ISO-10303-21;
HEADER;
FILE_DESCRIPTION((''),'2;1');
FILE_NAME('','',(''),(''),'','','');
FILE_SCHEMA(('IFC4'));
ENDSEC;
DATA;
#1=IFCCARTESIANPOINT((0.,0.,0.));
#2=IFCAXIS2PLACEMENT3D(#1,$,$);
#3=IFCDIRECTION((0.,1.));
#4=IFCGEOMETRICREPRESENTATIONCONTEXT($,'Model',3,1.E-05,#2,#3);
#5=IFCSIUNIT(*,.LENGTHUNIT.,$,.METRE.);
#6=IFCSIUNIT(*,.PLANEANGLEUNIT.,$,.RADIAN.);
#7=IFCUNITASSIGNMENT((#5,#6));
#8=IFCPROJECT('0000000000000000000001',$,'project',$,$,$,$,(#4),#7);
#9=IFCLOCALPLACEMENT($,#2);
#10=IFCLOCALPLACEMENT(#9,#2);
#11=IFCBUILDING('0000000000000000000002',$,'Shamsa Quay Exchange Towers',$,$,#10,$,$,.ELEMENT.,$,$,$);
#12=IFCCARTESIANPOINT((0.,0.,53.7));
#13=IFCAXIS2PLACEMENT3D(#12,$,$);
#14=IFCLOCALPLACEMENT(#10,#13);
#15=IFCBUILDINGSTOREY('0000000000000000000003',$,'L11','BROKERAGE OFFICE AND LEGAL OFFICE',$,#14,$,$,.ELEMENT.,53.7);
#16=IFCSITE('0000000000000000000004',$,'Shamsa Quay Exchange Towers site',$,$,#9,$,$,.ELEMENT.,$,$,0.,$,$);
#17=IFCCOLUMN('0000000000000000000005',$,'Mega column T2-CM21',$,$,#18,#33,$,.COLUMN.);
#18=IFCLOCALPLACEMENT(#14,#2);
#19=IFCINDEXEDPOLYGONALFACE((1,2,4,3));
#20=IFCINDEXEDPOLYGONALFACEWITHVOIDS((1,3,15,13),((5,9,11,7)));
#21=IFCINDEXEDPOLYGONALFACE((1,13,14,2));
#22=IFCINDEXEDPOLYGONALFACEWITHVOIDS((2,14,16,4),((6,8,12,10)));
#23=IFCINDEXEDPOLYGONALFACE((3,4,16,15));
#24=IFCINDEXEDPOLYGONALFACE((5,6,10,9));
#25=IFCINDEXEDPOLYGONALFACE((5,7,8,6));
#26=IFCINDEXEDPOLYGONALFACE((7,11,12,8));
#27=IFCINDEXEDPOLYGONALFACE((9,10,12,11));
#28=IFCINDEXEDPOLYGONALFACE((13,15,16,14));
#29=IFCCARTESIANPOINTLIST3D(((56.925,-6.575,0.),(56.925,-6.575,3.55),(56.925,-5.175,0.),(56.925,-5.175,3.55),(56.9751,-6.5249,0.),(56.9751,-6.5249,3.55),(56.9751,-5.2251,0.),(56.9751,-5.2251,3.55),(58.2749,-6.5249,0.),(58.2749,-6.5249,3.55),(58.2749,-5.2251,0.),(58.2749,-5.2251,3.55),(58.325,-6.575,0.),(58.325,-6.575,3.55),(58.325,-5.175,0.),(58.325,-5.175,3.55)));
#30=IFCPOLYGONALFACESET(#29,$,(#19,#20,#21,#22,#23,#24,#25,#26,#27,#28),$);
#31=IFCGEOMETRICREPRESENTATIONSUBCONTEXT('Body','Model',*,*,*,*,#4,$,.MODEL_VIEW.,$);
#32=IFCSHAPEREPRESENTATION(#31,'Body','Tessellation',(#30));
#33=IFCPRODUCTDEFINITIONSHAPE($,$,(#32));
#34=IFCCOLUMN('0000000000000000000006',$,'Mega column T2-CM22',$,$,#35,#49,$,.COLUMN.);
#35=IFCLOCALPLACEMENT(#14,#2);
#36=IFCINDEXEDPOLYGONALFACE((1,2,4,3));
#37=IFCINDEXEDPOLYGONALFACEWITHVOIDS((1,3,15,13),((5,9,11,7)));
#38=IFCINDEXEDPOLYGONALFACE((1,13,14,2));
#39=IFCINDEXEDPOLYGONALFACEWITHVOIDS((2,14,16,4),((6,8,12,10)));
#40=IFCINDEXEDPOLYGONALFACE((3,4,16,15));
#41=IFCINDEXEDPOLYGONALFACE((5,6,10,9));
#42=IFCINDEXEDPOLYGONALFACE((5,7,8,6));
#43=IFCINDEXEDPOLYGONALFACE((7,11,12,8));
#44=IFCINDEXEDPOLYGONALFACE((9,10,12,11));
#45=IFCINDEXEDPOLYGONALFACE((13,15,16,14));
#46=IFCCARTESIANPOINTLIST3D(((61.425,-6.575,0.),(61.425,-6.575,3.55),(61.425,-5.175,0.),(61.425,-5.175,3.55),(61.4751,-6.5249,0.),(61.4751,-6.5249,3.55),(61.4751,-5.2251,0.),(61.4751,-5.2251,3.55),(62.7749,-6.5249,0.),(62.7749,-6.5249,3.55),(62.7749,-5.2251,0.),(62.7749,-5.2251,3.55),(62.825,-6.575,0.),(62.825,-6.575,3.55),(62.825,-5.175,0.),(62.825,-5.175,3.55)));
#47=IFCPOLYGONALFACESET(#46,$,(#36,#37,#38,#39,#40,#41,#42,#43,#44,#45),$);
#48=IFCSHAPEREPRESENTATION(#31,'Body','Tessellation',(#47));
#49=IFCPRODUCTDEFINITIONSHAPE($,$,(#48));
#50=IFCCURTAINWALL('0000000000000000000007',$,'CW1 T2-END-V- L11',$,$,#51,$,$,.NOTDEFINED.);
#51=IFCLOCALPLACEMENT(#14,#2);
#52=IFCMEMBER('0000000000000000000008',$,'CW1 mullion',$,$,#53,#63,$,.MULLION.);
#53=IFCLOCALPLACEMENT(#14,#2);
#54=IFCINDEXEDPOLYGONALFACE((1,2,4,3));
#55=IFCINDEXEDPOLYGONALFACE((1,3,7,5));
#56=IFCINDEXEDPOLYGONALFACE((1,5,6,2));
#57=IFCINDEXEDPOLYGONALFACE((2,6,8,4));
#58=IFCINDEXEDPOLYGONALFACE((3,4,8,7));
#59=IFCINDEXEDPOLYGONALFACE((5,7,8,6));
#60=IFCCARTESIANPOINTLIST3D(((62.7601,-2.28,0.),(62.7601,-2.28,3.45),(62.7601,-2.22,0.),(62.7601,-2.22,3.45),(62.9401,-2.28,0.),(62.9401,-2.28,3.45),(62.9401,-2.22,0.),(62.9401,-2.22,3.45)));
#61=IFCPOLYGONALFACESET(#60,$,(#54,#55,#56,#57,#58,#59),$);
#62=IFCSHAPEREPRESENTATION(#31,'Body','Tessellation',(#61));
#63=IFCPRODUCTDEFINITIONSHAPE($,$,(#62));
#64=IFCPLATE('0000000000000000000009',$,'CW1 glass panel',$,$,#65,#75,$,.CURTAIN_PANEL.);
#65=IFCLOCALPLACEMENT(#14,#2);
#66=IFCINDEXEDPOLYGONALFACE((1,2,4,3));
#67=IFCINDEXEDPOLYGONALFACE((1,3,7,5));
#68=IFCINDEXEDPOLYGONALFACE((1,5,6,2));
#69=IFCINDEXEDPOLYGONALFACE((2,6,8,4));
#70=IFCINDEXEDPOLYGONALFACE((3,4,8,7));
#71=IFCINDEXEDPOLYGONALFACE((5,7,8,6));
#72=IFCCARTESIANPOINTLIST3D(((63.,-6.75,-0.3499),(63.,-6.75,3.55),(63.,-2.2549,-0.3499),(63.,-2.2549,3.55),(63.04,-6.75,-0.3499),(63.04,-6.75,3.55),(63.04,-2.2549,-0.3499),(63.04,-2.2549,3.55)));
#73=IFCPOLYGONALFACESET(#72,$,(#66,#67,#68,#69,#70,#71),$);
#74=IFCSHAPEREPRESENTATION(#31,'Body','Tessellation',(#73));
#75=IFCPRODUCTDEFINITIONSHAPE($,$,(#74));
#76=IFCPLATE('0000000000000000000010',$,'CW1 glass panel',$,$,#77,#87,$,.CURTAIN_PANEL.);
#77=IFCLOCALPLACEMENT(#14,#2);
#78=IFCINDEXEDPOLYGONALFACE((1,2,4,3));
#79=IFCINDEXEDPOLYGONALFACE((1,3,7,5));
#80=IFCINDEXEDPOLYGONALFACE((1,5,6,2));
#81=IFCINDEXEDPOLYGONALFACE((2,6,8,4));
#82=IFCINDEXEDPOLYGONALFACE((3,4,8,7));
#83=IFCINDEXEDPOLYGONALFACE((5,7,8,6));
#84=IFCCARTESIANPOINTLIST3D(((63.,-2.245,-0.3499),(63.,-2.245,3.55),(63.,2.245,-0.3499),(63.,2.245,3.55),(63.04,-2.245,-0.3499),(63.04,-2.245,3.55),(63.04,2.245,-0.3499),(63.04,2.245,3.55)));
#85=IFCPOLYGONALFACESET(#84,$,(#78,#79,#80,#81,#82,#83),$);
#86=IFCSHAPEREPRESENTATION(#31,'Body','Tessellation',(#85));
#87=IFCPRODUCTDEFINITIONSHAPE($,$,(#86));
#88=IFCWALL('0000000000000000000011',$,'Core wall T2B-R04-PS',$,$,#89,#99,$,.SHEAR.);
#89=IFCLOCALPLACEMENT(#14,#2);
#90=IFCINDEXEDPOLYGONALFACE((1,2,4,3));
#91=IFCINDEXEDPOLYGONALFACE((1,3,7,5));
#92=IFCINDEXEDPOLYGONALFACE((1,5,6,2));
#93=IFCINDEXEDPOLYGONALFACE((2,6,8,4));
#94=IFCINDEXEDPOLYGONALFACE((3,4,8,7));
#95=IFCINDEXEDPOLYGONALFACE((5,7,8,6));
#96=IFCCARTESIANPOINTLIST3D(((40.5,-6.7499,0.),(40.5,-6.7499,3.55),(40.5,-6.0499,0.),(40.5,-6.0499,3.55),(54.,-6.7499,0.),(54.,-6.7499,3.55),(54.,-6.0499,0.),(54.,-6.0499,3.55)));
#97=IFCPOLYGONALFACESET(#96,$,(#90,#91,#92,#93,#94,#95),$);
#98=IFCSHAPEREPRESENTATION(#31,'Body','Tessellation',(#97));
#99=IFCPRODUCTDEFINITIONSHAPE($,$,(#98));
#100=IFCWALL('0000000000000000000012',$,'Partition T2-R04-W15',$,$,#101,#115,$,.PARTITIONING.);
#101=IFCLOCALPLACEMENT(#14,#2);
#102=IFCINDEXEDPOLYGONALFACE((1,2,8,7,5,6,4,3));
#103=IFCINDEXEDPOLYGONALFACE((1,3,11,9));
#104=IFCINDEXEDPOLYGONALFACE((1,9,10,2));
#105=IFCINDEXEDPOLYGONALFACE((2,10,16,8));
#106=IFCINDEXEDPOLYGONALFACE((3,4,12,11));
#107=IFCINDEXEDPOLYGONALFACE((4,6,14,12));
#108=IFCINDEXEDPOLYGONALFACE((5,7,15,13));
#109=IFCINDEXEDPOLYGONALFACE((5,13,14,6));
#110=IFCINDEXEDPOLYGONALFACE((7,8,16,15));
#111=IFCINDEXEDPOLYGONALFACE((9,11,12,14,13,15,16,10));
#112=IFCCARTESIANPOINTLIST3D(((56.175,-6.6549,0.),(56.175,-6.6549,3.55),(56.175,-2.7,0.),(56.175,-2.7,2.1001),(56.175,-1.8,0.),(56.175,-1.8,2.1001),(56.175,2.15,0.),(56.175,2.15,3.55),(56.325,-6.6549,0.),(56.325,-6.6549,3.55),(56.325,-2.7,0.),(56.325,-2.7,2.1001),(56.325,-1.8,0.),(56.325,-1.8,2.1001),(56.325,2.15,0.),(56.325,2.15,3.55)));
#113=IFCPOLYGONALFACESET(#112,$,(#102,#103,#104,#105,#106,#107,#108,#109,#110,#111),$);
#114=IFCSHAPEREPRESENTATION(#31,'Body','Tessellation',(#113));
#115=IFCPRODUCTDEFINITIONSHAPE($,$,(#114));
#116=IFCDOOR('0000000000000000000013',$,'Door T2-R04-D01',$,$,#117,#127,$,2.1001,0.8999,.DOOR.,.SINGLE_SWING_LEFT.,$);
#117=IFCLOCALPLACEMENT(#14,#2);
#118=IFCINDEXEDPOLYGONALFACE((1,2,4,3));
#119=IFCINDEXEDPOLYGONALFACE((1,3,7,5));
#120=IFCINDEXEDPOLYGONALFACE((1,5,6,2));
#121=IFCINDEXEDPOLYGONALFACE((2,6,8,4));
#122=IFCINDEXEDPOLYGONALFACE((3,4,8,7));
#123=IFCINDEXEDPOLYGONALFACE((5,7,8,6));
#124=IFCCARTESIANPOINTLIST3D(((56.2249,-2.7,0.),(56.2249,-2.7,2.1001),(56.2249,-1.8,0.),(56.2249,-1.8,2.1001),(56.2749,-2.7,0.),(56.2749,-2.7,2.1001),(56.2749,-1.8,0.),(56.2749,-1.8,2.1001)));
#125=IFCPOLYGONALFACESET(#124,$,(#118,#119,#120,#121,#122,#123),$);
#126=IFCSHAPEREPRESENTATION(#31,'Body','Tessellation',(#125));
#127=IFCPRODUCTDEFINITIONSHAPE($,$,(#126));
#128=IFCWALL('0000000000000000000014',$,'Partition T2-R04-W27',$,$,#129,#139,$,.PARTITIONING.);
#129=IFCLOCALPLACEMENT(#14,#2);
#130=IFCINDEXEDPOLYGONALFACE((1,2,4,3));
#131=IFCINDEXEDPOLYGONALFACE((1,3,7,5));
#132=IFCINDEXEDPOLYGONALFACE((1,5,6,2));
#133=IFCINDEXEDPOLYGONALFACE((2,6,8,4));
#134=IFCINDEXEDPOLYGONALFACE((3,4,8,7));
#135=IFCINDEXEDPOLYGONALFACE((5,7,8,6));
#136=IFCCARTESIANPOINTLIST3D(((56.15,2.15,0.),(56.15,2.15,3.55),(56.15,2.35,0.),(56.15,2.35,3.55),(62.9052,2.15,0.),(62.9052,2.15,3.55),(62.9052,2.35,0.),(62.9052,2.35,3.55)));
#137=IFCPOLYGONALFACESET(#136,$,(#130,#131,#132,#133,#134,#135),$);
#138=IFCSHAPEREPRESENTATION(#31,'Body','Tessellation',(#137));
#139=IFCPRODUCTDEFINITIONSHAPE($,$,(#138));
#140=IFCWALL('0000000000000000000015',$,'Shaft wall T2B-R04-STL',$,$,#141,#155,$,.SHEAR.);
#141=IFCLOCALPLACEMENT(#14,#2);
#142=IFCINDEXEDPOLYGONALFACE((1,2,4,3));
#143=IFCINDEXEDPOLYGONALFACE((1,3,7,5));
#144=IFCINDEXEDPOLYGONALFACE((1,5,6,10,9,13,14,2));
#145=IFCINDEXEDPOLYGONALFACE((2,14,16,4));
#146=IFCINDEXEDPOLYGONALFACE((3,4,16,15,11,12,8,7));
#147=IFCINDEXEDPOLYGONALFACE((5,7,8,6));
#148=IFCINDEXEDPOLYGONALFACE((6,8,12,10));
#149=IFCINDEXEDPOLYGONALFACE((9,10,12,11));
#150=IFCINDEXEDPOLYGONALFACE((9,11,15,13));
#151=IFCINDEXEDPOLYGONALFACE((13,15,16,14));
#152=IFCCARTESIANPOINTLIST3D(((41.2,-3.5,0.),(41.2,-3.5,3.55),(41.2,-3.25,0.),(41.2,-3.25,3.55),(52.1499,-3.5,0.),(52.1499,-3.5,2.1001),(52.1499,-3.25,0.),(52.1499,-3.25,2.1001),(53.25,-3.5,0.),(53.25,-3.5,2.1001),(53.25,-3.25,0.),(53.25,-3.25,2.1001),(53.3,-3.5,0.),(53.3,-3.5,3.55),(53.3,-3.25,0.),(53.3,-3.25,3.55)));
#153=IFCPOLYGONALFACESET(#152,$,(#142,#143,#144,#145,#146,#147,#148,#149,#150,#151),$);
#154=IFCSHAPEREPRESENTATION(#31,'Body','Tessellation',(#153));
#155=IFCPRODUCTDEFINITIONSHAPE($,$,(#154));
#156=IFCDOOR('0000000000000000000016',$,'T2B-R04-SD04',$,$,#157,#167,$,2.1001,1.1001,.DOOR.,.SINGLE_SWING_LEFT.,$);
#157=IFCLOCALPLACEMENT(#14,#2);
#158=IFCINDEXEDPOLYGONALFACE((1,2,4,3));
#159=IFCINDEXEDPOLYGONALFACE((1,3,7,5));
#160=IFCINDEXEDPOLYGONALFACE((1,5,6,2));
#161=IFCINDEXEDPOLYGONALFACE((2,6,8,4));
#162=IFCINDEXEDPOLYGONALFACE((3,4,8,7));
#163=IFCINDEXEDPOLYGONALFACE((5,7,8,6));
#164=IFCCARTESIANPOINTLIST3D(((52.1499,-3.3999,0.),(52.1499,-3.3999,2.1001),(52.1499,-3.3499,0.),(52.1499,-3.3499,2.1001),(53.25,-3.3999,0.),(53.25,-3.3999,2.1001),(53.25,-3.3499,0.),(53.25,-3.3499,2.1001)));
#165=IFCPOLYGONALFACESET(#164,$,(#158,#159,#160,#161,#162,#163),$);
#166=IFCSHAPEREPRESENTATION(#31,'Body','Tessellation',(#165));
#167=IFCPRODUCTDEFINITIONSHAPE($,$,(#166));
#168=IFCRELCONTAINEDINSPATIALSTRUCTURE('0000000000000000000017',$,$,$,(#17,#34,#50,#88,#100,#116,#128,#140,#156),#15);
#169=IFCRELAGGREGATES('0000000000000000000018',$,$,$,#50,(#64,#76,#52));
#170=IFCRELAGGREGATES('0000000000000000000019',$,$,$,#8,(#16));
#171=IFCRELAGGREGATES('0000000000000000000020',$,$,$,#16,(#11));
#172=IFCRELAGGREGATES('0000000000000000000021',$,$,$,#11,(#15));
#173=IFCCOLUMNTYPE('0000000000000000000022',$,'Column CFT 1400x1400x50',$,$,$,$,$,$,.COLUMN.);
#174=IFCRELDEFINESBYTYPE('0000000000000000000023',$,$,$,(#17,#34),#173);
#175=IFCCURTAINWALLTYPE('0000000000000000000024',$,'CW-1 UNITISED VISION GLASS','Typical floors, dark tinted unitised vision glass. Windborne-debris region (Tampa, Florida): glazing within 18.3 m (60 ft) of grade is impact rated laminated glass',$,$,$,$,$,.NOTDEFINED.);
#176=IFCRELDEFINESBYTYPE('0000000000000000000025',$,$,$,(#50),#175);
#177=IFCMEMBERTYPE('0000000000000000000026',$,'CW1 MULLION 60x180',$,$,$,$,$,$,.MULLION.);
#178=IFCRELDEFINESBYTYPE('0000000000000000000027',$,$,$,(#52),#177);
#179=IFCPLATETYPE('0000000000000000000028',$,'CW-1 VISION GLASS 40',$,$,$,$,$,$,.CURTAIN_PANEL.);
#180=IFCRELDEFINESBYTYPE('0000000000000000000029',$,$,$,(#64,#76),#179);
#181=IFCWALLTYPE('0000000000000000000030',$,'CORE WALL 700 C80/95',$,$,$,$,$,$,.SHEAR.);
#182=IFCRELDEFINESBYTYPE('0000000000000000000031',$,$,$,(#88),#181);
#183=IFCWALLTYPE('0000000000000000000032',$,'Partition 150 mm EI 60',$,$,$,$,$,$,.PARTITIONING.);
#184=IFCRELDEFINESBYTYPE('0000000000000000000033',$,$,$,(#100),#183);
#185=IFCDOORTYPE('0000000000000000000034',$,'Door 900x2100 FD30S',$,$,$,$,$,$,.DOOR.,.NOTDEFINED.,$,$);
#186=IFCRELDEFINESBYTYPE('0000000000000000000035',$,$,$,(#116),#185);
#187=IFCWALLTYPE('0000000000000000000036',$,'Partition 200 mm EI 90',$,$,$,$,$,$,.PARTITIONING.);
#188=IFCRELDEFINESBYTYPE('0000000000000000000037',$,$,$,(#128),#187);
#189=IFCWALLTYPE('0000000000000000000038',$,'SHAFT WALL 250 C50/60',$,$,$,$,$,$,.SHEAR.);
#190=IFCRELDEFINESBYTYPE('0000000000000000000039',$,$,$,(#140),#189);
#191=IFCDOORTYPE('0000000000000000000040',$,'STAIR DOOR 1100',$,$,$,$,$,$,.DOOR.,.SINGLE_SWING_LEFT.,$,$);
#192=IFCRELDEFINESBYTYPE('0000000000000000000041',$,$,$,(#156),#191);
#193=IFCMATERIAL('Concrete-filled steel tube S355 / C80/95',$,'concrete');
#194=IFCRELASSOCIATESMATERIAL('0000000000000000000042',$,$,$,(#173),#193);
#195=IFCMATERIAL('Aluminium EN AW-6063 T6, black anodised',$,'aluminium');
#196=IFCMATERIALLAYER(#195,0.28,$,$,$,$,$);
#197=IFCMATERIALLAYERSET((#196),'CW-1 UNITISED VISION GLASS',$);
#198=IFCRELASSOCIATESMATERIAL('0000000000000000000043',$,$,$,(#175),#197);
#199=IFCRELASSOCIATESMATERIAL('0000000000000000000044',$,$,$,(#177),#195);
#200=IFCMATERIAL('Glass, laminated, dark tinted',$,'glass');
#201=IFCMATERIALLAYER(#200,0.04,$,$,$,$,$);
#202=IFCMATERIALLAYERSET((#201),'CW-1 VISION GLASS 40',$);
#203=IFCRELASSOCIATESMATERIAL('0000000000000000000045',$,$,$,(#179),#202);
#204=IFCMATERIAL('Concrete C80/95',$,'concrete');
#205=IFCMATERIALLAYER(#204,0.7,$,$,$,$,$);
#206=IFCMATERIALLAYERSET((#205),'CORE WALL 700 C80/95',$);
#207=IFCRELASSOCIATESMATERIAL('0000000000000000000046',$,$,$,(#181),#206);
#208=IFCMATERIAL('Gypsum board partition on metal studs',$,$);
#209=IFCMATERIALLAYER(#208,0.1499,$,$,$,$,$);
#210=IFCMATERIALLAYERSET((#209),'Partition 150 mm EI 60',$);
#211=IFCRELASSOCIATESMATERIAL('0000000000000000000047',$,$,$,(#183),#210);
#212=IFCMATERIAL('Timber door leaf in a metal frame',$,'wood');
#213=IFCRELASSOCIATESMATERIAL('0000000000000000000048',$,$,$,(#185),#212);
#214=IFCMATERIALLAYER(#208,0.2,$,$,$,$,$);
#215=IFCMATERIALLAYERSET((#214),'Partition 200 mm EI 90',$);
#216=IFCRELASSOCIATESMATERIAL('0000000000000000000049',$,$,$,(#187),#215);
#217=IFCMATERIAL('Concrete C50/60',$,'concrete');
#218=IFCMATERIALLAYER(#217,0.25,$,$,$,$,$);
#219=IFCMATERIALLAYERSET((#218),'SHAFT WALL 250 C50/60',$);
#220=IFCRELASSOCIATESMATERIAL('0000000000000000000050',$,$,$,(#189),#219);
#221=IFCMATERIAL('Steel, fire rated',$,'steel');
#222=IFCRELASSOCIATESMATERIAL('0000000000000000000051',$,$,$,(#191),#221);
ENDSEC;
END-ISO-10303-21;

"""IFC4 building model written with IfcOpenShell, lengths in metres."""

from ifc_helpers import new_model, si_unit, direction, frame, frame_2d, origin, origin_2d, place, context, subcontext, project, spatial, rectangle, hollow_rectangle, extrude, material, layer, layer_set, material_profile, profile_set, type_object, element, fill, aggregate, save


model = new_model("IFC4")

# Units and contexts
model_context = context("Model", 3, precision=1e-05, world=origin(), true_north=direction((0.0, 1.0)))
body_context = subcontext(model_context, "Body", "Model", "MODEL_VIEW")
ifc_project = project(units=[si_unit("LENGTHUNIT", "METRE"), si_unit("PLANEANGLEUNIT", "RADIAN")], contexts=[model_context])

# Site, building, storey
site_placement = place(None, origin())
site = spatial("IfcSite", under=ifc_project, at=site_placement, Name="Shamsa Quay Exchange Towers site", CompositionType="ELEMENT", RefElevation=0.0)
building_placement = place(site_placement, origin())
building = spatial("IfcBuilding", under=site, at=building_placement, Name="Shamsa Quay Exchange Towers", CompositionType="ELEMENT")
storey_placement = place(building_placement, frame((0.0, 0.0, 53.7)))
storey = spatial("IfcBuildingStorey", under=building, at=storey_placement, Name="L11", Description="BROKERAGE OFFICE AND LEGAL OFFICE", CompositionType="ELEMENT", Elevation=53.7)

# Columns
ifc_material_1 = material(Name="Concrete-filled steel tube S355 / C80/95", Category="concrete")
ifc_material_profile_1 = material_profile(ifc_material_1, hollow_rectangle(XDim=1.3999, YDim=1.3999, WallThickness=0.05, at=origin_2d()), Name="CFT 1400x1400x50")
ifc_profile_set_1 = profile_set([ifc_material_profile_1], Name="Concrete-filled steel tube S355 / C80/95")
column_type = type_object("IfcColumnType", Name="Column CFT 1400x1400x50", PredefinedType="COLUMN", material=ifc_profile_set_1)
for number, where, name in (
    (1, (57.625, -5.875, 0.0), "Mega column T2-CM21"),
    (2, (62.125, -5.875, 0.0), "Mega column T2-CM22"),
):
    element("IfcColumn", number, at=place(storey_placement, frame(where)), inside=storey, type_object=column_type, Name=name, PredefinedType="COLUMN", context=body_context, shape_type="SweptSolid", body=[
        extrude(hollow_rectangle(XDim=1.3999, YDim=1.3999, WallThickness=0.05, at=origin_2d()), origin(), (0.0, 0.0, 1.0), 3.55),
    ])

# Curtain wall, member, plates
ifc_material_2 = material(Name="Aluminium EN AW-6063 T6, black anodised", Category="aluminium")
ifc_layer_1 = layer(ifc_material_2, 0.28)
ifc_layer_set_1 = layer_set([ifc_layer_1], Name="CW-1 UNITISED VISION GLASS")
curtain_wall_type = type_object("IfcCurtainWallType", Name="CW-1 UNITISED VISION GLASS", Description="Typical floors, dark tinted unitised vision glass. Windborne-debris region (Tampa, Florida): glazing within 18.3 m (60 ft) of grade is impact rated laminated glass", PredefinedType="NOTDEFINED", material=ifc_layer_set_1)
curtain_wall_placement = place(storey_placement, origin())
curtain_wall = element("IfcCurtainWall", 3, at=curtain_wall_placement, inside=storey, type_object=curtain_wall_type, Name="CW1 T2-END-V- L11", PredefinedType="NOTDEFINED")
ifc_material_profile_2 = material_profile(ifc_material_2, rectangle(XDim=0.1799, YDim=0.0601, at=origin_2d()), Name="MU60x180")
ifc_profile_set_2 = profile_set([ifc_material_profile_2], Name="Aluminium EN AW-6063 T6, black anodised")
member_type = type_object("IfcMemberType", Name="CW1 MULLION 60x180", PredefinedType="MULLION", material=ifc_profile_set_2)
member_placement = place(storey_placement, frame((62.8501, -2.25, 0.0), z_axis=(0.0, 0.0, 1.0), x_axis=(-1.0, 0.0, 0.0)))
member = element("IfcMember", 4, at=member_placement, type_object=member_type, Name="CW1 mullion", PredefinedType="MULLION", context=body_context, shape_type="SweptSolid", body=[
    extrude(rectangle(XDim=0.1799, YDim=0.0601, at=origin_2d()), origin(), (0.0, 0.0, 1.0), 3.45),
])
ifc_material_3 = material(Name="Glass, laminated, dark tinted", Category="glass")
ifc_layer_2 = layer(ifc_material_3, 0.04)
ifc_layer_set_2 = layer_set([ifc_layer_2], Name="CW-1 VISION GLASS 40")
plate_type = type_object("IfcPlateType", Name="CW-1 VISION GLASS 40", PredefinedType="CURTAIN_PANEL", material=ifc_layer_set_2)
plate_1_placement = place(storey_placement, frame((63.02, -4.5024, -0.3499), z_axis=(0.0, 0.0, 1.0), x_axis=(0.0, 1.0, 0.0)))
plate_1 = element("IfcPlate", 5, at=plate_1_placement, type_object=plate_type, Name="CW1 glass panel", PredefinedType="CURTAIN_PANEL", context=body_context, shape_type="SweptSolid", body=[
    extrude(rectangle(XDim=4.4951, YDim=0.04, at=origin_2d()), origin(), (0.0, 0.0, 1.0), 3.8999),
])
plate_2_placement = place(storey_placement, frame((63.02, 0.0, -0.3499), z_axis=(0.0, 0.0, 1.0), x_axis=(0.0, 1.0, 0.0)))
plate_2 = element("IfcPlate", 6, at=plate_2_placement, type_object=plate_type, Name="CW1 glass panel", PredefinedType="CURTAIN_PANEL", context=body_context, shape_type="SweptSolid", body=[
    extrude(rectangle(XDim=4.49, YDim=0.04, at=origin_2d()), origin(), (0.0, 0.0, 1.0), 3.8999),
])
aggregate(curtain_wall, [plate_1, plate_2, member])

# Wall
ifc_material_4 = material(Name="Concrete C80/95", Category="concrete")
ifc_layer_3 = layer(ifc_material_4, 0.7)
ifc_layer_set_3 = layer_set([ifc_layer_3], Name="CORE WALL 700 C80/95")
wall_type_1 = type_object("IfcWallType", Name="CORE WALL 700 C80/95", PredefinedType="SHEAR", material=ifc_layer_set_3)
wall_1_placement = place(storey_placement, frame((54.0, -6.3999, 0.0), z_axis=(0.0, 0.0, 1.0), x_axis=(-1.0, 0.0, 0.0)))
element("IfcWall", 7, at=wall_1_placement, inside=storey, type_object=wall_type_1, Name="Core wall T2B-R04-PS", PredefinedType="SHEAR", context=body_context, shape_type="SweptSolid", body=[
    extrude(rectangle(XDim=13.5, YDim=0.7, at=frame_2d((6.75, 0.0))), origin(), (0.0, 0.0, 1.0), 3.55),
])

# Wall, opening, door
ifc_material_5 = material(Name="Steel, fire rated", Category="steel")
ifc_material_6 = material(Name="Gypsum board partition on metal studs")
ifc_layer_4 = layer(ifc_material_6, 0.1499)
ifc_layer_set_4 = layer_set([ifc_layer_4], Name="Partition 150 mm EI 60")
wall_type_2 = type_object("IfcWallType", Name="Partition 150 mm EI 60", PredefinedType="PARTITIONING", material=ifc_layer_set_4)
wall_2_placement = place(storey_placement, frame((56.25, 2.1499, 0.0), z_axis=(0.0, 0.0, 1.0), x_axis=(0.0, -1.0, 0.0)))
wall_2 = element("IfcWall", 8, at=wall_2_placement, inside=storey, type_object=wall_type_2, Name="Partition T2-R04-W15", PredefinedType="PARTITIONING", context=body_context, shape_type="SweptSolid", body=[
    extrude(rectangle(XDim=8.8049, YDim=0.1499, at=frame_2d((4.4023, 0.0))), origin(), (0.0, 0.0, 1.0), 3.55),
])
opening_1_placement = place(wall_2_placement, frame((3.95, 0.0, 0.0)))
opening_1 = element("IfcOpeningElement", 9, at=opening_1_placement, cuts=wall_2, PredefinedType="OPENING", context=body_context, shape_type="SweptSolid", body=[
    extrude(rectangle(XDim=0.8999, YDim=2.1001, at=frame_2d((0.45, 1.05))), frame((0.0, 0.085, 0.0), z_axis=(0.0, -1.0, 0.0), x_axis=(1.0, 0.0, 0.0)), (0.0, 0.0, 1.0), 0.1699),
])
ifc_material_7 = material(Name="Timber door leaf in a metal frame", Category="wood")
door_type_1 = type_object("IfcDoorType", Name="Door 900x2100 FD30S", OperationType="NOTDEFINED", PredefinedType="DOOR", material=ifc_material_7)
door_1_placement = place(opening_1_placement, origin())
door_1 = element("IfcDoor", 10, at=door_1_placement, inside=storey, type_object=door_type_1, Name="Door T2-R04-D01", OperationType="SINGLE_SWING_LEFT", OverallHeight=2.1001, OverallWidth=0.8999, PredefinedType="DOOR", context=body_context, shape_type="SweptSolid", body=[
    extrude(rectangle(XDim=0.8999, YDim=2.1001, at=frame_2d((0.45, 1.05))), frame((0.0, 0.0249, 0.0), z_axis=(0.0, -1.0, 0.0), x_axis=(1.0, 0.0, 0.0)), (0.0, 0.0, 1.0), 0.05),
])
fill(opening_1, door_1)

# Wall
ifc_layer_5 = layer(ifc_material_6, 0.2)
ifc_layer_set_5 = layer_set([ifc_layer_5], Name="Partition 200 mm EI 90")
wall_type_3 = type_object("IfcWallType", Name="Partition 200 mm EI 90", PredefinedType="PARTITIONING", material=ifc_layer_set_5)
wall_3_placement = place(storey_placement, frame((62.905, 2.25, 0.0), z_axis=(0.0, 0.0, 1.0), x_axis=(-1.0, 0.0, 0.0)))
element("IfcWall", 11, at=wall_3_placement, inside=storey, type_object=wall_type_3, Name="Partition T2-R04-W27", PredefinedType="PARTITIONING", context=body_context, shape_type="SweptSolid", body=[
    extrude(rectangle(XDim=6.7551, YDim=0.2, at=frame_2d((3.3774, 0.0))), origin(), (0.0, 0.0, 1.0), 3.55),
])

# Wall, opening, door
ifc_material_8 = material(Name="Concrete C50/60", Category="concrete")
ifc_layer_6 = layer(ifc_material_8, 0.25)
ifc_layer_set_6 = layer_set([ifc_layer_6], Name="SHAFT WALL 250 C50/60")
wall_type_4 = type_object("IfcWallType", Name="SHAFT WALL 250 C50/60", PredefinedType="SHEAR", material=ifc_layer_set_6)
wall_4_placement = place(storey_placement, frame((53.3, -3.375, 0.0), z_axis=(0.0, 0.0, 1.0), x_axis=(-1.0, 0.0, 0.0)))
wall_4 = element("IfcWall", 12, at=wall_4_placement, inside=storey, type_object=wall_type_4, Name="Shaft wall T2B-R04-STL", PredefinedType="SHEAR", context=body_context, shape_type="SweptSolid", body=[
    extrude(rectangle(XDim=12.1001, YDim=0.25, at=frame_2d((6.05, 0.0))), origin(), (0.0, 0.0, 1.0), 3.55),
])
opening_2_placement = place(wall_4_placement, frame((0.05, 0.0, 0.0)))
opening_2 = element("IfcOpeningElement", 13, at=opening_2_placement, cuts=wall_4, PredefinedType="OPENING", context=body_context, shape_type="SweptSolid", body=[
    extrude(rectangle(XDim=1.1001, YDim=2.1001, at=frame_2d((0.55, 1.05))), frame((0.0, 0.135, 0.0), z_axis=(0.0, -1.0, 0.0), x_axis=(1.0, 0.0, 0.0)), (0.0, 0.0, 1.0), 0.27),
])
door_type_2 = type_object("IfcDoorType", Name="STAIR DOOR 1100", OperationType="SINGLE_SWING_LEFT", PredefinedType="DOOR", material=ifc_material_5)
door_2_placement = place(opening_2_placement, origin())
door_2 = element("IfcDoor", 14, at=door_2_placement, inside=storey, type_object=door_type_2, Name="T2B-R04-SD04", OperationType="SINGLE_SWING_LEFT", OverallHeight=2.1001, OverallWidth=1.1001, PredefinedType="DOOR", context=body_context, shape_type="SweptSolid", body=[
    extrude(rectangle(XDim=1.1001, YDim=2.1001, at=frame_2d((0.55, 1.05))), frame((0.0, 0.0249, 0.0), z_axis=(0.0, -1.0, 0.0), x_axis=(1.0, 0.0, 0.0)), (0.0, 0.0, 1.0), 0.05),
])
fill(opening_2, door_2)

save(model, "model.ifc")
